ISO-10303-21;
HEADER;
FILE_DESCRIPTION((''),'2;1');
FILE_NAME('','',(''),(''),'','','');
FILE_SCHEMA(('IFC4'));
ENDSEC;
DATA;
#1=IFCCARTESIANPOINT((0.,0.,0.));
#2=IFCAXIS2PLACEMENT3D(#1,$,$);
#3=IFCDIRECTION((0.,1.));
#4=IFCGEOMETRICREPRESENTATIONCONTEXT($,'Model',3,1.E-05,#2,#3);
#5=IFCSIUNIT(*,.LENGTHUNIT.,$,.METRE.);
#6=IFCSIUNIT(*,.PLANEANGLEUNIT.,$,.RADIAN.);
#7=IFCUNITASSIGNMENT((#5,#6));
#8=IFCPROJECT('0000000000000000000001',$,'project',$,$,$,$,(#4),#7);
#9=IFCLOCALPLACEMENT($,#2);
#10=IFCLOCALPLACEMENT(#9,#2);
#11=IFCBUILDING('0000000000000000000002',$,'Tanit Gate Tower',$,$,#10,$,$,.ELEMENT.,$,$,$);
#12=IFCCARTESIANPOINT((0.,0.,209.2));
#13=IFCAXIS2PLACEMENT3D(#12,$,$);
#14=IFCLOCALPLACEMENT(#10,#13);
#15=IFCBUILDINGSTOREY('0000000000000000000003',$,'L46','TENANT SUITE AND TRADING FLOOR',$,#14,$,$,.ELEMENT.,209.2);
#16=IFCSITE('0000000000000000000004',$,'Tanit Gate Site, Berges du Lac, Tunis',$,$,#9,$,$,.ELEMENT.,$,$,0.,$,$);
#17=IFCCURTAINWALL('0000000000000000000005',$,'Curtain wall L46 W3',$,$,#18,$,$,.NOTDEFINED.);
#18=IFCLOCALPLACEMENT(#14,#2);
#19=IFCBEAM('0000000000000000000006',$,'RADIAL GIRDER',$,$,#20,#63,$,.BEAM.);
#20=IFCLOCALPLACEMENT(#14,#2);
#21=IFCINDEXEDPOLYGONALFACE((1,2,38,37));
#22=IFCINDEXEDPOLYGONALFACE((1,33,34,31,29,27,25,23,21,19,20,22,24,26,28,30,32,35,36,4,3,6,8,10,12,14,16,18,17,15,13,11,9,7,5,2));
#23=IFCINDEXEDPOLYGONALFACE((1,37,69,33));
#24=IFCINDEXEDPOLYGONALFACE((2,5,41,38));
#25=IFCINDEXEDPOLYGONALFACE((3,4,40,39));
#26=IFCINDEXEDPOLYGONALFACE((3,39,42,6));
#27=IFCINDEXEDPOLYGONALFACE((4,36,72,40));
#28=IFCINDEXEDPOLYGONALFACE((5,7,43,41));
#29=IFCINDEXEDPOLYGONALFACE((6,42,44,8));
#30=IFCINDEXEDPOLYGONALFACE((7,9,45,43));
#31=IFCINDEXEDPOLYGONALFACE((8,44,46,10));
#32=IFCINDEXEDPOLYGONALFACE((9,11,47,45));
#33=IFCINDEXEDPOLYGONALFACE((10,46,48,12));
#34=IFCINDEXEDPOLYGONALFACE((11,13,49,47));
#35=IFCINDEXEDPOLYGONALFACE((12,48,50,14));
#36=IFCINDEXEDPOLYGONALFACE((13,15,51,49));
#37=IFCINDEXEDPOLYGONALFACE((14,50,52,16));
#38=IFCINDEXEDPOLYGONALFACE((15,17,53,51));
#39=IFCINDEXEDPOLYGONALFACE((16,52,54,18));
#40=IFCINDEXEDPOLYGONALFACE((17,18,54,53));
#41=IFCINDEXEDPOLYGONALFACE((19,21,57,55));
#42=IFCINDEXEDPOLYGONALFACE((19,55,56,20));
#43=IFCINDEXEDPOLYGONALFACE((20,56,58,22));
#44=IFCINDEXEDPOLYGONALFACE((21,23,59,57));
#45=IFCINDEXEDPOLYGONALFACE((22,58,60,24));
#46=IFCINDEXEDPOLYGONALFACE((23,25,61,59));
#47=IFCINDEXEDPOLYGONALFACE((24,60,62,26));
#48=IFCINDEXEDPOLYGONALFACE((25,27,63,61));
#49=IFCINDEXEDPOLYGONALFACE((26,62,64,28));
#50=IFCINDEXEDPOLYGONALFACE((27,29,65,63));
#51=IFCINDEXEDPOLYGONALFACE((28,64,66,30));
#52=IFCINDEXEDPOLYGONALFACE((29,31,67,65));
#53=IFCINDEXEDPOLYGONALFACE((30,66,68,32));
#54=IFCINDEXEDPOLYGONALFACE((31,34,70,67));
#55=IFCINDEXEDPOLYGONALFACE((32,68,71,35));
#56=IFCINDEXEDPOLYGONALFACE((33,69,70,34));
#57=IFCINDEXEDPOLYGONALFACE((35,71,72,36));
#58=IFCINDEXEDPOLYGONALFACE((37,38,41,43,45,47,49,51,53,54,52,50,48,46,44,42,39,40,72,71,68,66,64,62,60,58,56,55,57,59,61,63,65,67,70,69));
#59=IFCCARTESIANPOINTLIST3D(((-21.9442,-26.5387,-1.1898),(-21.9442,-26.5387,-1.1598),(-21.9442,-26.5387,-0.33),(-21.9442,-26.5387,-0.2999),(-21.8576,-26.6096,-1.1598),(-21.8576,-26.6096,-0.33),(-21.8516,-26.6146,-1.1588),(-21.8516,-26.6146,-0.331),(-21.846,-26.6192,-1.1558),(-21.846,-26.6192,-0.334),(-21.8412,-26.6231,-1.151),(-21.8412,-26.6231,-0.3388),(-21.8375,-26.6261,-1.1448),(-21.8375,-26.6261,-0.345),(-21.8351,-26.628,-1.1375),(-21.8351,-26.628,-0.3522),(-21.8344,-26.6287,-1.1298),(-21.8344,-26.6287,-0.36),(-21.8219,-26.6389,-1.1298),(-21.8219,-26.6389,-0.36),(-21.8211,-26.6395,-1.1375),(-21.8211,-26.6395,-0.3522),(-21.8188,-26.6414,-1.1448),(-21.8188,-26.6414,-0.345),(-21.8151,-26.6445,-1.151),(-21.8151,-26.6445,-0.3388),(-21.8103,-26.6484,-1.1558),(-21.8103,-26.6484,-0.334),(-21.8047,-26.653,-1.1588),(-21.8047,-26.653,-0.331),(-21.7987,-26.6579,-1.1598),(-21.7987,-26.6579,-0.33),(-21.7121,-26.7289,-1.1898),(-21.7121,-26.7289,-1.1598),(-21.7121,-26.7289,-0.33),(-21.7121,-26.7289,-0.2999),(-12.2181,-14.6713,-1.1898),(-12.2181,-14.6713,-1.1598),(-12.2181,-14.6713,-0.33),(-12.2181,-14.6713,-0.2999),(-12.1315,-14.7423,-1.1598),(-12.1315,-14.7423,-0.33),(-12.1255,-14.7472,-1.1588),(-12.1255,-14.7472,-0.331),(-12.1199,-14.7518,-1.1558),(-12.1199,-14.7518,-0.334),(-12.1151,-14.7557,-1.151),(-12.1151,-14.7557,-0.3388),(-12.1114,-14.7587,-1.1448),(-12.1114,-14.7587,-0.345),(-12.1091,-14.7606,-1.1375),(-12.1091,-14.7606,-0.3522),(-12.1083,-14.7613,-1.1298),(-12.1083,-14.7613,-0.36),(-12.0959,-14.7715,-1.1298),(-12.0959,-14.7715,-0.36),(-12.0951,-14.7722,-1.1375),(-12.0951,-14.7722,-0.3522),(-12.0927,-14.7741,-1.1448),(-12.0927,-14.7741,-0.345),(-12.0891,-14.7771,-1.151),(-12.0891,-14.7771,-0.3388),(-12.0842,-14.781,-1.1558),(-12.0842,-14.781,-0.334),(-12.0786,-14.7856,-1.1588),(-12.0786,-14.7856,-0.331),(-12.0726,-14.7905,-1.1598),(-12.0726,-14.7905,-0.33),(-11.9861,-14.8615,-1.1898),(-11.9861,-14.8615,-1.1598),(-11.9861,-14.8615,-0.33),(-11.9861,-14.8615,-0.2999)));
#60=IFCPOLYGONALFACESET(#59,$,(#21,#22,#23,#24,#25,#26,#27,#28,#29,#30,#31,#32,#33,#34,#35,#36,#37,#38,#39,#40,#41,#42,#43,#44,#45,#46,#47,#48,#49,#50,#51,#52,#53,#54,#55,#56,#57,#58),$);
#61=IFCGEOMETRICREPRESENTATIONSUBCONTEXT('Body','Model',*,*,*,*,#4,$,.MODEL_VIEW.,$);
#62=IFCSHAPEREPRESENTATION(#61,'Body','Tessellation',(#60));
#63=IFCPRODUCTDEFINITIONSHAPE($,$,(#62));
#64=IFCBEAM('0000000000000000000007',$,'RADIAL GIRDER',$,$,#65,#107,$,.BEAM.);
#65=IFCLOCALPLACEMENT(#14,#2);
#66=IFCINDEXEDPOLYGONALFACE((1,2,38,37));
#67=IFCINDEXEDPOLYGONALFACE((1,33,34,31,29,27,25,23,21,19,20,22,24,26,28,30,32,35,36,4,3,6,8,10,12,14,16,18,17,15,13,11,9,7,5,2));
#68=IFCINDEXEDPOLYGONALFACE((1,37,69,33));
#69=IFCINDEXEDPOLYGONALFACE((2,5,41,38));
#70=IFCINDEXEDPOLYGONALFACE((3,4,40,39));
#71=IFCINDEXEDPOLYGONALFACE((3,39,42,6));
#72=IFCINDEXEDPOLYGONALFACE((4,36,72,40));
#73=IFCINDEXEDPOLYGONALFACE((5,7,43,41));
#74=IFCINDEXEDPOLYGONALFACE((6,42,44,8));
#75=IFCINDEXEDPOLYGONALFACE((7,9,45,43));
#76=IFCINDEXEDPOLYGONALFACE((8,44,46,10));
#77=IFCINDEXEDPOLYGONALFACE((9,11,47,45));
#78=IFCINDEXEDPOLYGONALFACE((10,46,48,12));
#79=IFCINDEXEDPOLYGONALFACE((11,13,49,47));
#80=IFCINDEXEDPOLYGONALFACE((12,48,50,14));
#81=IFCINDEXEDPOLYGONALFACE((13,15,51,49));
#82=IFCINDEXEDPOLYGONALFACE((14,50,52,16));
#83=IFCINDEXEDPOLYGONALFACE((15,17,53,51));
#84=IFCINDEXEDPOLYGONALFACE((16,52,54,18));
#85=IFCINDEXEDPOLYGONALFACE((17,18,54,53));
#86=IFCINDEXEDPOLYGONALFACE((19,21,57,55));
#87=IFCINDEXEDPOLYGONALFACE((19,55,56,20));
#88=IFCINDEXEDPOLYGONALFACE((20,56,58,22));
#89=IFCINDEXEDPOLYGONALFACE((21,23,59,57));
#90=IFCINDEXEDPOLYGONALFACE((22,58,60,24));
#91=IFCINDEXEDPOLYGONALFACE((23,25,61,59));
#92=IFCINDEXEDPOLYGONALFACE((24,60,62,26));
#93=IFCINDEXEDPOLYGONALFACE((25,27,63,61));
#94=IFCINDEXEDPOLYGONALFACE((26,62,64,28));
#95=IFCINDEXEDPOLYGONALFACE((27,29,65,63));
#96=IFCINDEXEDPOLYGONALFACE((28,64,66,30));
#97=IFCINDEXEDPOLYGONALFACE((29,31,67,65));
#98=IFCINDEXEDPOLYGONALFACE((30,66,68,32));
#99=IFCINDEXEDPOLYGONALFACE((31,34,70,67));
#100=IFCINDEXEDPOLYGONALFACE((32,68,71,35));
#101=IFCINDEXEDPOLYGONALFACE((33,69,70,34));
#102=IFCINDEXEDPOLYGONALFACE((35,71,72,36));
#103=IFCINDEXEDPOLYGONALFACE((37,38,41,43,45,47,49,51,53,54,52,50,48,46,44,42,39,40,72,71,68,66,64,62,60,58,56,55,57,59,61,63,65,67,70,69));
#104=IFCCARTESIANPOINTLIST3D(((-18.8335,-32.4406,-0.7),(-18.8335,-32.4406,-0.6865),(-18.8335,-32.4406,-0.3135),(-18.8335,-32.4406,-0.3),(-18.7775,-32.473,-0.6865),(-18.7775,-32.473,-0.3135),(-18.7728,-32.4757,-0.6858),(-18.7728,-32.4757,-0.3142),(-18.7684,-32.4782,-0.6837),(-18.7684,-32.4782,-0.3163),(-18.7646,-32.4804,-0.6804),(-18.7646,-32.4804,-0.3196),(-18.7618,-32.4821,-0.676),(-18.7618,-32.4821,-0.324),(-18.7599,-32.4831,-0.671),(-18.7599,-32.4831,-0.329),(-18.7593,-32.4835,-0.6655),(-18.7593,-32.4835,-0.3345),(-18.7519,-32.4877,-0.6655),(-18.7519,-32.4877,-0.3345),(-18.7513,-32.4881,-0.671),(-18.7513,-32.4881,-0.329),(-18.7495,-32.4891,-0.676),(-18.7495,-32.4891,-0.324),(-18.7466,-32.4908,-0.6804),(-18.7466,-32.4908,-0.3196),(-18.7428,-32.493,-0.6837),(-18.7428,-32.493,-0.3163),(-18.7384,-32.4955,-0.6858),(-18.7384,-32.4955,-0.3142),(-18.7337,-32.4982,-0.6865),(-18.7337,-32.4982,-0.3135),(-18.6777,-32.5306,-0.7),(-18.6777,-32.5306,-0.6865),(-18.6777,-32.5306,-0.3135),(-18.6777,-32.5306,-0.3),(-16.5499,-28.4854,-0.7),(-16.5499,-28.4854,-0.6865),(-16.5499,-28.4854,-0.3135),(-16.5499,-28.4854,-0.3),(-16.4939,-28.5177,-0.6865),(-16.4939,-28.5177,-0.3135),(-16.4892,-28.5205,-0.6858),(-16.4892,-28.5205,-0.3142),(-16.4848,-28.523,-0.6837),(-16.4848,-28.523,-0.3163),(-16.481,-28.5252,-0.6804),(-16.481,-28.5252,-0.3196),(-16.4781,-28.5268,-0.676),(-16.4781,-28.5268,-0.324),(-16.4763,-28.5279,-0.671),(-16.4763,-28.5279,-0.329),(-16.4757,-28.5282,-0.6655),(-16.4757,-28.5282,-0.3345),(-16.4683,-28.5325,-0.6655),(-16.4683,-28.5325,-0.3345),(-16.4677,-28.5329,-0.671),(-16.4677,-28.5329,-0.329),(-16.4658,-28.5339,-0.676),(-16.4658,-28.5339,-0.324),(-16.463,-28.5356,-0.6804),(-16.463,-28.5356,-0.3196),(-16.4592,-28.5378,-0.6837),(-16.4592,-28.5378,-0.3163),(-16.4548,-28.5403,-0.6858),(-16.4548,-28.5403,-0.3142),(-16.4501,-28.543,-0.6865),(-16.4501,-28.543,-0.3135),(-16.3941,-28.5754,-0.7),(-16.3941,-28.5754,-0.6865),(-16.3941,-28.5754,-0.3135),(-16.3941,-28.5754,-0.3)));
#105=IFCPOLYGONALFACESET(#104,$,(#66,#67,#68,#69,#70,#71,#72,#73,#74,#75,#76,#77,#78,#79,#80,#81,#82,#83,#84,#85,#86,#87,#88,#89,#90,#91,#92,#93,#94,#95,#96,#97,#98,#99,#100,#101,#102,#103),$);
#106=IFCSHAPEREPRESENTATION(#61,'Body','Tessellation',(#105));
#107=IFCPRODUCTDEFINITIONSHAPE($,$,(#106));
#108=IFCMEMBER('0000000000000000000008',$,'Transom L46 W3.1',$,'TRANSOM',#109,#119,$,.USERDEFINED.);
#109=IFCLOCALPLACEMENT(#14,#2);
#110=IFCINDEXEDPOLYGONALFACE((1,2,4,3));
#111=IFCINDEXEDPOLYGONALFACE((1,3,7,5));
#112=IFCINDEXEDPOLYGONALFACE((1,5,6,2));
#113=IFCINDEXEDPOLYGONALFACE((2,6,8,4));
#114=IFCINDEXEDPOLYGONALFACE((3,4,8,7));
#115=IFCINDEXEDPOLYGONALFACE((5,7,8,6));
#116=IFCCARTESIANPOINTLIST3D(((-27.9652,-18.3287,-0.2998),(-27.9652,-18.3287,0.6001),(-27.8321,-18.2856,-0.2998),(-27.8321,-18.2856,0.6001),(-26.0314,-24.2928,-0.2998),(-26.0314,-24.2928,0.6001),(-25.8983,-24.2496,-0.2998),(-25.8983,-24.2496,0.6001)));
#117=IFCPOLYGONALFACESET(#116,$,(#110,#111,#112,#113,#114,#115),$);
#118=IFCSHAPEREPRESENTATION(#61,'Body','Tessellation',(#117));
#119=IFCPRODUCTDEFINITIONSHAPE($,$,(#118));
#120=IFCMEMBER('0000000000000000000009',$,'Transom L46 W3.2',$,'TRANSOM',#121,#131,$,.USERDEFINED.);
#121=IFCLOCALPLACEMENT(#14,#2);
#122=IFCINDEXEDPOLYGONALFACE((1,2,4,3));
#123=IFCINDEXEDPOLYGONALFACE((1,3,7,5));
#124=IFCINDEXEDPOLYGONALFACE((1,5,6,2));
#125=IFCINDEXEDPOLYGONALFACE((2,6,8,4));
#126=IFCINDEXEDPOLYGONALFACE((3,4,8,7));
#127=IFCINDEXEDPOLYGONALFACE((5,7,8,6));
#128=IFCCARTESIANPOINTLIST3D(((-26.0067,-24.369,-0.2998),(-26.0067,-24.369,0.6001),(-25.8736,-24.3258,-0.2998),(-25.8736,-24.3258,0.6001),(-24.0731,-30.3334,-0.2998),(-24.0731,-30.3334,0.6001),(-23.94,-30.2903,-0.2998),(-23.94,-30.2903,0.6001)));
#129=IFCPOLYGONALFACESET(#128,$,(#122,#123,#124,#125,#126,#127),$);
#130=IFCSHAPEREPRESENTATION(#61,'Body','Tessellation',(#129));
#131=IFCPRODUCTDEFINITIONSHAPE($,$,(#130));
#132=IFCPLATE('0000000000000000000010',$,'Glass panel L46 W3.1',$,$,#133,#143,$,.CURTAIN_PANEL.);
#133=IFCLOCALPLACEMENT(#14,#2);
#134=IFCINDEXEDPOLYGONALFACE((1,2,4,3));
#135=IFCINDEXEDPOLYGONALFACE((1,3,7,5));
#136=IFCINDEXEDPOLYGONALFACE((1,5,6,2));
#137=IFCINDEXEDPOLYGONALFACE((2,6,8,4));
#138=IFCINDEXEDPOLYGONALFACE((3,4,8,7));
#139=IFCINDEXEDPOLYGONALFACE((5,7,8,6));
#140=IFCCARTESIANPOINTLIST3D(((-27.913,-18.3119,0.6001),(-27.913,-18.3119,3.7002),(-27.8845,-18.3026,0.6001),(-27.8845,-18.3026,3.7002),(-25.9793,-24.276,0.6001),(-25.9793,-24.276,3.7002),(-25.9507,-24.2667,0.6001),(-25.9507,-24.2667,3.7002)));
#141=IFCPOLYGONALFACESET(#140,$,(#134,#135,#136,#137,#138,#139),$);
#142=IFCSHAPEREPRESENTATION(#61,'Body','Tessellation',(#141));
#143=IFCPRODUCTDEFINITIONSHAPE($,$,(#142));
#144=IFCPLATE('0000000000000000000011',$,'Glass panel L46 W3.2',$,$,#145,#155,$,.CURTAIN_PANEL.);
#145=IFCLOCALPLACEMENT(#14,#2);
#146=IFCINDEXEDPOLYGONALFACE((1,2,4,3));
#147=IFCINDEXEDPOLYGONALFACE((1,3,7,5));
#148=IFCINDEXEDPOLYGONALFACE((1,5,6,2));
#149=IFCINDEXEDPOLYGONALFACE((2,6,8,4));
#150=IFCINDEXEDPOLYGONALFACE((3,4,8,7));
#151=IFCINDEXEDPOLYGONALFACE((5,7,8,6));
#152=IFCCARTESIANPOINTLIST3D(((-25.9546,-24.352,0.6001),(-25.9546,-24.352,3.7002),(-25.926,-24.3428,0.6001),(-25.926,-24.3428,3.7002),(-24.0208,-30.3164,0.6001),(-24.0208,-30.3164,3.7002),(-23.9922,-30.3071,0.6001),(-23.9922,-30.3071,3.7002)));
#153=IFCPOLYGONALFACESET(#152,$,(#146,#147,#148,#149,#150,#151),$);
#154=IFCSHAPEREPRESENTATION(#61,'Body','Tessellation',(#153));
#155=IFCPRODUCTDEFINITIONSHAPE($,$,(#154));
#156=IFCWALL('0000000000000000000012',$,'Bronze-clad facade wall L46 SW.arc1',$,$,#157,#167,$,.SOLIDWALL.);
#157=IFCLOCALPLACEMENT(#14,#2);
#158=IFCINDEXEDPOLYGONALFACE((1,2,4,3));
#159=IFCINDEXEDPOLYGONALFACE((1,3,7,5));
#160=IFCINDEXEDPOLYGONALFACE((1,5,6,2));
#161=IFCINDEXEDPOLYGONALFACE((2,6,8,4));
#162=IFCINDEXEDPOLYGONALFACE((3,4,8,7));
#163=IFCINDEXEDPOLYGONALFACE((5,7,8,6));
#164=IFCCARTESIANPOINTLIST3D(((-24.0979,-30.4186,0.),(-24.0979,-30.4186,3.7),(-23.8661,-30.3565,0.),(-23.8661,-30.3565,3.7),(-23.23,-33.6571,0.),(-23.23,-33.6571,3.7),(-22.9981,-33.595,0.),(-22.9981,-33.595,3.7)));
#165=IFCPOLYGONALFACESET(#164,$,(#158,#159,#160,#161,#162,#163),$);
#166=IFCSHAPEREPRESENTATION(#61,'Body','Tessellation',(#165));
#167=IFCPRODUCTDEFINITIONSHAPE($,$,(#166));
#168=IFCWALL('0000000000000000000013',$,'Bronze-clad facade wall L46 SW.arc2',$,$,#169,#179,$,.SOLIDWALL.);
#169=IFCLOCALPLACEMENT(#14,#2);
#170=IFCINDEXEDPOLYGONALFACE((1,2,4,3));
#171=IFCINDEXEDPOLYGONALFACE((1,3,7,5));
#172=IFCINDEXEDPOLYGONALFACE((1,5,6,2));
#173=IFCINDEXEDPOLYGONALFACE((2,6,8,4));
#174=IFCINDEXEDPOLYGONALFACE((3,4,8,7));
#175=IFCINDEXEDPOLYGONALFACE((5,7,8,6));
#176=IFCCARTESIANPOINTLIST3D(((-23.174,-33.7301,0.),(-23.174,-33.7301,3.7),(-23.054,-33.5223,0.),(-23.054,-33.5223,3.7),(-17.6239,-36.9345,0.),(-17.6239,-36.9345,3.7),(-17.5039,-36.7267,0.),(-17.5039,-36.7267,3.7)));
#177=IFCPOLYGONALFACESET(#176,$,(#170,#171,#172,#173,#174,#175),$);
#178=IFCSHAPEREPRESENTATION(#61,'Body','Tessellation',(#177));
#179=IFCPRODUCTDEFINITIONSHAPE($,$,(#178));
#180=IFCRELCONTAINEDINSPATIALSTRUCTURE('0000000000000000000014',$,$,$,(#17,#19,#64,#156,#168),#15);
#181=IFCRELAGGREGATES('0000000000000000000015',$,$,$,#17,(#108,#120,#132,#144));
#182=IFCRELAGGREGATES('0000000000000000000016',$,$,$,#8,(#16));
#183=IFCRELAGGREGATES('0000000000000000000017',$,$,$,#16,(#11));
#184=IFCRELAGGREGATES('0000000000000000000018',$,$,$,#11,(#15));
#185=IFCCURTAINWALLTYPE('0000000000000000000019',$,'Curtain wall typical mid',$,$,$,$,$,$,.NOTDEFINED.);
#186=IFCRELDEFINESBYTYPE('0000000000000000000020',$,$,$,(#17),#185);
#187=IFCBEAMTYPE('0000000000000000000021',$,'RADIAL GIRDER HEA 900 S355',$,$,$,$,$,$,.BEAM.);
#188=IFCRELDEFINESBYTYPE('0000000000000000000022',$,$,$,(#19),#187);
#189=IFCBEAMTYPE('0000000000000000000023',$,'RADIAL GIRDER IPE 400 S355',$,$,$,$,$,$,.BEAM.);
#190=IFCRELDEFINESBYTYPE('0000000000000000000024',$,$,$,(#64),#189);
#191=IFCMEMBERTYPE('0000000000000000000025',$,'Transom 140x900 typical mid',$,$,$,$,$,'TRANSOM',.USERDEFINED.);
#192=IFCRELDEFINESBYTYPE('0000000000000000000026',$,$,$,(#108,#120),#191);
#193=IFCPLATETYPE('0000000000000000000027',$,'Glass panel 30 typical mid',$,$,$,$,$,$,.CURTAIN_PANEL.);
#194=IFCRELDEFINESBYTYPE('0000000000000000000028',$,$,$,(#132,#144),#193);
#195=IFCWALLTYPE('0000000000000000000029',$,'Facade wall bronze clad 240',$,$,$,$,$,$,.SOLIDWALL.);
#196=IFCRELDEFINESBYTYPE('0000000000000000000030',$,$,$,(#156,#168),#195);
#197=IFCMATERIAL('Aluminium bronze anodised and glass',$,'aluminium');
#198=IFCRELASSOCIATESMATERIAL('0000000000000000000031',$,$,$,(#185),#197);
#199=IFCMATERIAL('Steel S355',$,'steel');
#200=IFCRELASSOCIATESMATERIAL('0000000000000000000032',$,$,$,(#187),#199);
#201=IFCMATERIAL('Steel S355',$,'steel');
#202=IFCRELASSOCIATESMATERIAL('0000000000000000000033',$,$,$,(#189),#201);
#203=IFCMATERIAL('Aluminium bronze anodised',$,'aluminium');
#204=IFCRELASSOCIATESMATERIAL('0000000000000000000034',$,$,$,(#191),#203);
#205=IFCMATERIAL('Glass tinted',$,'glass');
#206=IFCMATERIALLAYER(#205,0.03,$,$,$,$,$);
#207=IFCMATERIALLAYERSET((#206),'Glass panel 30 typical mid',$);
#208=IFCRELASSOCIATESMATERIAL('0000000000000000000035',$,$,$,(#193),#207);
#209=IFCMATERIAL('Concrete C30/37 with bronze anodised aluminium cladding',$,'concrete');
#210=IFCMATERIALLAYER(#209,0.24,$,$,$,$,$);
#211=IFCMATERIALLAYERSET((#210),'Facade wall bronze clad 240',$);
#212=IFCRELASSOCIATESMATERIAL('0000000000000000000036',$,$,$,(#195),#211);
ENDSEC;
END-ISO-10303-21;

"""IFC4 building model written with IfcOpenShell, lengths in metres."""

from ifc_helpers import new_model, si_unit, direction, frame, frame_2d, origin, origin_2d, place, context, subcontext, project, spatial, rectangle, i_section, extrude, material, layer, layer_set, material_profile, profile_set, type_object, element, aggregate, save


model = new_model("IFC4")

# Units and contexts
model_context = context("Model", 3, precision=1e-05, world=origin(), true_north=direction((0.0, 1.0)))
body_context = subcontext(model_context, "Body", "Model", "MODEL_VIEW")
ifc_project = project(units=[si_unit("LENGTHUNIT", "METRE"), si_unit("PLANEANGLEUNIT", "RADIAN")], contexts=[model_context])

# Site, building, storey
site_placement = place(None, origin())
site = spatial("IfcSite", under=ifc_project, at=site_placement, Name="Tanit Gate Site, Berges du Lac, Tunis", CompositionType="ELEMENT", RefElevation=0.0)
building_placement = place(site_placement, origin())
building = spatial("IfcBuilding", under=site, at=building_placement, Name="Tanit Gate Tower", CompositionType="ELEMENT")
storey_placement = place(building_placement, frame((0.0, 0.0, 209.2)))
storey = spatial("IfcBuildingStorey", under=building, at=storey_placement, Name="L46", Description="TENANT SUITE AND TRADING FLOOR", CompositionType="ELEMENT", Elevation=209.2)

# Curtain wall
ifc_material_1 = material(Name="Aluminium bronze anodised and glass", Category="aluminium")
curtain_wall_type = type_object("IfcCurtainWallType", Name="Curtain wall typical mid", PredefinedType="NOTDEFINED", material=ifc_material_1)
curtain_wall_1_placement = place(storey_placement, origin())
curtain_wall_1 = element("IfcCurtainWall", 1, at=curtain_wall_1_placement, inside=storey, type_object=curtain_wall_type, Name="Curtain wall L46 W3", PredefinedType="NOTDEFINED")

# Beams
ifc_material_2 = material(Name="Steel S355", Category="steel")
ifc_material_profile_1 = material_profile(ifc_material_2, i_section(OverallWidth=0.3, OverallDepth=0.8899, WebThickness=0.0161, FlangeThickness=0.03, FilletRadius=0.03, at=origin_2d()), Name="HEA 900")
ifc_profile_set_1 = profile_set([ifc_material_profile_1], Name="Steel S355")
beam_type_1 = type_object("IfcBeamType", Name="RADIAL GIRDER HEA 900 S355", PredefinedType="BEAM", material=ifc_profile_set_1)
beam_1_placement = place(storey_placement, frame((-21.8281, -26.6338, -0.7449), z_axis=(0.633876, 0.773435, 0.0), x_axis=(-0.773435, 0.633876, 0.0)))
element("IfcBeam", 2, at=beam_1_placement, inside=storey, type_object=beam_type_1, Name="RADIAL GIRDER", PredefinedType="BEAM", context=body_context, shape_type="SweptSolid", body=[
    extrude(i_section(OverallWidth=0.3, OverallDepth=0.8899, WebThickness=0.0161, FlangeThickness=0.03, FilletRadius=0.03, at=origin_2d()), origin(), (0.0, 0.0, 1.0), 15.3438),
])
ifc_material_3 = material(Name="Steel S355", Category="steel")
ifc_material_profile_2 = material_profile(ifc_material_3, i_section(OverallWidth=0.1799, OverallDepth=0.3999, WebThickness=0.0085, FlangeThickness=0.0134, FilletRadius=0.021, at=origin_2d()), Name="IPE 400")
ifc_profile_set_2 = profile_set([ifc_material_profile_2], Name="Steel S355")
beam_type_2 = type_object("IfcBeamType", Name="RADIAL GIRDER IPE 400 S355", PredefinedType="BEAM", material=ifc_profile_set_2)
beam_2_placement = place(storey_placement, frame((-18.7556, -32.4856, -0.5), z_axis=(0.500014, 0.866017, 0.0), x_axis=(-0.866017, 0.500014, 0.0)))
element("IfcBeam", 3, at=beam_2_placement, inside=storey, type_object=beam_type_2, Name="RADIAL GIRDER", PredefinedType="BEAM", context=body_context, shape_type="SweptSolid", body=[
    extrude(i_section(OverallWidth=0.1799, OverallDepth=0.3999, WebThickness=0.0085, FlangeThickness=0.0134, FilletRadius=0.021, at=origin_2d()), origin(), (0.0, 0.0, 1.0), 4.5671),
])

# Members
ifc_material_4 = material(Name="Aluminium bronze anodised", Category="aluminium")
ifc_material_profile_3 = material_profile(ifc_material_4, rectangle(XDim=0.1399, YDim=0.8999, at=origin_2d()), Name="140x900 bronze transom")
ifc_profile_set_3 = profile_set([ifc_material_profile_3], Name="Aluminium bronze anodised")
member_type_1 = type_object("IfcMemberType", Name="Transom 140x900 typical mid", ElementType="TRANSOM", PredefinedType="USERDEFINED", material=ifc_profile_set_3)
member_1_placement = place(storey_placement, frame((-27.8987, -18.3071, 0.1501), z_axis=(0.308437, -0.951245, 0.0), x_axis=(0.951245, 0.308437, 0.0)))
member_1 = element("IfcMember", 4, at=member_1_placement, type_object=member_type_1, Name="Transom L46 W3.1", ObjectType="TRANSOM", PredefinedType="USERDEFINED", context=body_context, shape_type="SweptSolid", body=[
    extrude(rectangle(XDim=0.1399, YDim=0.8999, at=origin_2d()), origin(), (0.0, 0.0, 1.0), 6.2698),
])
member_2_placement = place(storey_placement, frame((-25.9402, -24.3474, 0.1501), z_axis=(0.30839, -0.95126, 0.0), x_axis=(0.95126, 0.30839, 0.0)))
member_2 = element("IfcMember", 5, at=member_2_placement, type_object=member_type_1, Name="Transom L46 W3.2", ObjectType="TRANSOM", PredefinedType="USERDEFINED", context=body_context, shape_type="SweptSolid", body=[
    extrude(rectangle(XDim=0.1399, YDim=0.8999, at=origin_2d()), origin(), (0.0, 0.0, 1.0), 6.27),
])

# Plates
ifc_material_5 = material(Name="Glass tinted", Category="glass")
ifc_layer_1 = layer(ifc_material_5, 0.03)
ifc_layer_set_1 = layer_set([ifc_layer_1], Name="Glass panel 30 typical mid")
plate_type = type_object("IfcPlateType", Name="Glass panel 30 typical mid", PredefinedType="CURTAIN_PANEL", material=ifc_layer_set_1)
plate_1_placement = place(storey_placement, frame((-26.9319, -21.2893, 0.6001), z_axis=(0.0, 0.0, 1.0), x_axis=(0.308419, -0.951251, 0.0)))
plate_1 = element("IfcPlate", 6, at=plate_1_placement, type_object=plate_type, Name="Glass panel L46 W3.1", PredefinedType="CURTAIN_PANEL", context=body_context, shape_type="SweptSolid", body=[
    extrude(rectangle(XDim=6.2698, YDim=0.03, at=origin_2d()), origin(), (0.0, 0.0, 1.0), 3.1001),
])
plate_2_placement = place(storey_placement, frame((-24.9734, -27.3296, 0.6001), z_axis=(0.0, 0.0, 1.0), x_axis=(0.308419, -0.951251, 0.0)))
plate_2 = element("IfcPlate", 7, at=plate_2_placement, type_object=plate_type, Name="Glass panel L46 W3.2", PredefinedType="CURTAIN_PANEL", context=body_context, shape_type="SweptSolid", body=[
    extrude(rectangle(XDim=6.27, YDim=0.03, at=origin_2d()), origin(), (0.0, 0.0, 1.0), 3.1001),
])
aggregate(curtain_wall_1, [member_1, member_2, plate_1, plate_2])

# Walls
ifc_material_6 = material(Name="Concrete C30/37 with bronze anodised aluminium cladding", Category="concrete")
ifc_layer_2 = layer(ifc_material_6, 0.24)
ifc_layer_set_2 = layer_set([ifc_layer_2], Name="Facade wall bronze clad 240")
wall_type_1 = type_object("IfcWallType", Name="Facade wall bronze clad 240", PredefinedType="SOLIDWALL", material=ifc_layer_set_2)
wall_1_placement = place(storey_placement, frame((-23.9819, -30.3877, 0.0), z_axis=(0.0, 0.0, 1.0), x_axis=(0.258863, -0.965914, 0.0)))
element("IfcWall", 8, at=wall_1_placement, inside=storey, type_object=wall_type_1, Name="Bronze-clad facade wall L46 SW.arc1", PredefinedType="SOLIDWALL", context=body_context, shape_type="SweptSolid", body=[
    extrude(rectangle(XDim=3.3528, YDim=0.24, at=frame_2d((1.6763, 0.0))), origin(), (0.0, 0.0, 1.0), 3.7),
])
wall_2_placement = place(storey_placement, frame((-23.114, -33.6262, 0.0), z_axis=(0.0, 0.0, 1.0), x_axis=(0.866024, -0.500003, 0.0)))
element("IfcWall", 9, at=wall_2_placement, inside=storey, type_object=wall_type_1, Name="Bronze-clad facade wall L46 SW.arc2", PredefinedType="SOLIDWALL", context=body_context, shape_type="SweptSolid", body=[
    extrude(rectangle(XDim=6.4087, YDim=0.24, at=frame_2d((3.2043, 0.0))), origin(), (0.0, 0.0, 1.0), 3.7),
])

save(model, "model.ifc")
